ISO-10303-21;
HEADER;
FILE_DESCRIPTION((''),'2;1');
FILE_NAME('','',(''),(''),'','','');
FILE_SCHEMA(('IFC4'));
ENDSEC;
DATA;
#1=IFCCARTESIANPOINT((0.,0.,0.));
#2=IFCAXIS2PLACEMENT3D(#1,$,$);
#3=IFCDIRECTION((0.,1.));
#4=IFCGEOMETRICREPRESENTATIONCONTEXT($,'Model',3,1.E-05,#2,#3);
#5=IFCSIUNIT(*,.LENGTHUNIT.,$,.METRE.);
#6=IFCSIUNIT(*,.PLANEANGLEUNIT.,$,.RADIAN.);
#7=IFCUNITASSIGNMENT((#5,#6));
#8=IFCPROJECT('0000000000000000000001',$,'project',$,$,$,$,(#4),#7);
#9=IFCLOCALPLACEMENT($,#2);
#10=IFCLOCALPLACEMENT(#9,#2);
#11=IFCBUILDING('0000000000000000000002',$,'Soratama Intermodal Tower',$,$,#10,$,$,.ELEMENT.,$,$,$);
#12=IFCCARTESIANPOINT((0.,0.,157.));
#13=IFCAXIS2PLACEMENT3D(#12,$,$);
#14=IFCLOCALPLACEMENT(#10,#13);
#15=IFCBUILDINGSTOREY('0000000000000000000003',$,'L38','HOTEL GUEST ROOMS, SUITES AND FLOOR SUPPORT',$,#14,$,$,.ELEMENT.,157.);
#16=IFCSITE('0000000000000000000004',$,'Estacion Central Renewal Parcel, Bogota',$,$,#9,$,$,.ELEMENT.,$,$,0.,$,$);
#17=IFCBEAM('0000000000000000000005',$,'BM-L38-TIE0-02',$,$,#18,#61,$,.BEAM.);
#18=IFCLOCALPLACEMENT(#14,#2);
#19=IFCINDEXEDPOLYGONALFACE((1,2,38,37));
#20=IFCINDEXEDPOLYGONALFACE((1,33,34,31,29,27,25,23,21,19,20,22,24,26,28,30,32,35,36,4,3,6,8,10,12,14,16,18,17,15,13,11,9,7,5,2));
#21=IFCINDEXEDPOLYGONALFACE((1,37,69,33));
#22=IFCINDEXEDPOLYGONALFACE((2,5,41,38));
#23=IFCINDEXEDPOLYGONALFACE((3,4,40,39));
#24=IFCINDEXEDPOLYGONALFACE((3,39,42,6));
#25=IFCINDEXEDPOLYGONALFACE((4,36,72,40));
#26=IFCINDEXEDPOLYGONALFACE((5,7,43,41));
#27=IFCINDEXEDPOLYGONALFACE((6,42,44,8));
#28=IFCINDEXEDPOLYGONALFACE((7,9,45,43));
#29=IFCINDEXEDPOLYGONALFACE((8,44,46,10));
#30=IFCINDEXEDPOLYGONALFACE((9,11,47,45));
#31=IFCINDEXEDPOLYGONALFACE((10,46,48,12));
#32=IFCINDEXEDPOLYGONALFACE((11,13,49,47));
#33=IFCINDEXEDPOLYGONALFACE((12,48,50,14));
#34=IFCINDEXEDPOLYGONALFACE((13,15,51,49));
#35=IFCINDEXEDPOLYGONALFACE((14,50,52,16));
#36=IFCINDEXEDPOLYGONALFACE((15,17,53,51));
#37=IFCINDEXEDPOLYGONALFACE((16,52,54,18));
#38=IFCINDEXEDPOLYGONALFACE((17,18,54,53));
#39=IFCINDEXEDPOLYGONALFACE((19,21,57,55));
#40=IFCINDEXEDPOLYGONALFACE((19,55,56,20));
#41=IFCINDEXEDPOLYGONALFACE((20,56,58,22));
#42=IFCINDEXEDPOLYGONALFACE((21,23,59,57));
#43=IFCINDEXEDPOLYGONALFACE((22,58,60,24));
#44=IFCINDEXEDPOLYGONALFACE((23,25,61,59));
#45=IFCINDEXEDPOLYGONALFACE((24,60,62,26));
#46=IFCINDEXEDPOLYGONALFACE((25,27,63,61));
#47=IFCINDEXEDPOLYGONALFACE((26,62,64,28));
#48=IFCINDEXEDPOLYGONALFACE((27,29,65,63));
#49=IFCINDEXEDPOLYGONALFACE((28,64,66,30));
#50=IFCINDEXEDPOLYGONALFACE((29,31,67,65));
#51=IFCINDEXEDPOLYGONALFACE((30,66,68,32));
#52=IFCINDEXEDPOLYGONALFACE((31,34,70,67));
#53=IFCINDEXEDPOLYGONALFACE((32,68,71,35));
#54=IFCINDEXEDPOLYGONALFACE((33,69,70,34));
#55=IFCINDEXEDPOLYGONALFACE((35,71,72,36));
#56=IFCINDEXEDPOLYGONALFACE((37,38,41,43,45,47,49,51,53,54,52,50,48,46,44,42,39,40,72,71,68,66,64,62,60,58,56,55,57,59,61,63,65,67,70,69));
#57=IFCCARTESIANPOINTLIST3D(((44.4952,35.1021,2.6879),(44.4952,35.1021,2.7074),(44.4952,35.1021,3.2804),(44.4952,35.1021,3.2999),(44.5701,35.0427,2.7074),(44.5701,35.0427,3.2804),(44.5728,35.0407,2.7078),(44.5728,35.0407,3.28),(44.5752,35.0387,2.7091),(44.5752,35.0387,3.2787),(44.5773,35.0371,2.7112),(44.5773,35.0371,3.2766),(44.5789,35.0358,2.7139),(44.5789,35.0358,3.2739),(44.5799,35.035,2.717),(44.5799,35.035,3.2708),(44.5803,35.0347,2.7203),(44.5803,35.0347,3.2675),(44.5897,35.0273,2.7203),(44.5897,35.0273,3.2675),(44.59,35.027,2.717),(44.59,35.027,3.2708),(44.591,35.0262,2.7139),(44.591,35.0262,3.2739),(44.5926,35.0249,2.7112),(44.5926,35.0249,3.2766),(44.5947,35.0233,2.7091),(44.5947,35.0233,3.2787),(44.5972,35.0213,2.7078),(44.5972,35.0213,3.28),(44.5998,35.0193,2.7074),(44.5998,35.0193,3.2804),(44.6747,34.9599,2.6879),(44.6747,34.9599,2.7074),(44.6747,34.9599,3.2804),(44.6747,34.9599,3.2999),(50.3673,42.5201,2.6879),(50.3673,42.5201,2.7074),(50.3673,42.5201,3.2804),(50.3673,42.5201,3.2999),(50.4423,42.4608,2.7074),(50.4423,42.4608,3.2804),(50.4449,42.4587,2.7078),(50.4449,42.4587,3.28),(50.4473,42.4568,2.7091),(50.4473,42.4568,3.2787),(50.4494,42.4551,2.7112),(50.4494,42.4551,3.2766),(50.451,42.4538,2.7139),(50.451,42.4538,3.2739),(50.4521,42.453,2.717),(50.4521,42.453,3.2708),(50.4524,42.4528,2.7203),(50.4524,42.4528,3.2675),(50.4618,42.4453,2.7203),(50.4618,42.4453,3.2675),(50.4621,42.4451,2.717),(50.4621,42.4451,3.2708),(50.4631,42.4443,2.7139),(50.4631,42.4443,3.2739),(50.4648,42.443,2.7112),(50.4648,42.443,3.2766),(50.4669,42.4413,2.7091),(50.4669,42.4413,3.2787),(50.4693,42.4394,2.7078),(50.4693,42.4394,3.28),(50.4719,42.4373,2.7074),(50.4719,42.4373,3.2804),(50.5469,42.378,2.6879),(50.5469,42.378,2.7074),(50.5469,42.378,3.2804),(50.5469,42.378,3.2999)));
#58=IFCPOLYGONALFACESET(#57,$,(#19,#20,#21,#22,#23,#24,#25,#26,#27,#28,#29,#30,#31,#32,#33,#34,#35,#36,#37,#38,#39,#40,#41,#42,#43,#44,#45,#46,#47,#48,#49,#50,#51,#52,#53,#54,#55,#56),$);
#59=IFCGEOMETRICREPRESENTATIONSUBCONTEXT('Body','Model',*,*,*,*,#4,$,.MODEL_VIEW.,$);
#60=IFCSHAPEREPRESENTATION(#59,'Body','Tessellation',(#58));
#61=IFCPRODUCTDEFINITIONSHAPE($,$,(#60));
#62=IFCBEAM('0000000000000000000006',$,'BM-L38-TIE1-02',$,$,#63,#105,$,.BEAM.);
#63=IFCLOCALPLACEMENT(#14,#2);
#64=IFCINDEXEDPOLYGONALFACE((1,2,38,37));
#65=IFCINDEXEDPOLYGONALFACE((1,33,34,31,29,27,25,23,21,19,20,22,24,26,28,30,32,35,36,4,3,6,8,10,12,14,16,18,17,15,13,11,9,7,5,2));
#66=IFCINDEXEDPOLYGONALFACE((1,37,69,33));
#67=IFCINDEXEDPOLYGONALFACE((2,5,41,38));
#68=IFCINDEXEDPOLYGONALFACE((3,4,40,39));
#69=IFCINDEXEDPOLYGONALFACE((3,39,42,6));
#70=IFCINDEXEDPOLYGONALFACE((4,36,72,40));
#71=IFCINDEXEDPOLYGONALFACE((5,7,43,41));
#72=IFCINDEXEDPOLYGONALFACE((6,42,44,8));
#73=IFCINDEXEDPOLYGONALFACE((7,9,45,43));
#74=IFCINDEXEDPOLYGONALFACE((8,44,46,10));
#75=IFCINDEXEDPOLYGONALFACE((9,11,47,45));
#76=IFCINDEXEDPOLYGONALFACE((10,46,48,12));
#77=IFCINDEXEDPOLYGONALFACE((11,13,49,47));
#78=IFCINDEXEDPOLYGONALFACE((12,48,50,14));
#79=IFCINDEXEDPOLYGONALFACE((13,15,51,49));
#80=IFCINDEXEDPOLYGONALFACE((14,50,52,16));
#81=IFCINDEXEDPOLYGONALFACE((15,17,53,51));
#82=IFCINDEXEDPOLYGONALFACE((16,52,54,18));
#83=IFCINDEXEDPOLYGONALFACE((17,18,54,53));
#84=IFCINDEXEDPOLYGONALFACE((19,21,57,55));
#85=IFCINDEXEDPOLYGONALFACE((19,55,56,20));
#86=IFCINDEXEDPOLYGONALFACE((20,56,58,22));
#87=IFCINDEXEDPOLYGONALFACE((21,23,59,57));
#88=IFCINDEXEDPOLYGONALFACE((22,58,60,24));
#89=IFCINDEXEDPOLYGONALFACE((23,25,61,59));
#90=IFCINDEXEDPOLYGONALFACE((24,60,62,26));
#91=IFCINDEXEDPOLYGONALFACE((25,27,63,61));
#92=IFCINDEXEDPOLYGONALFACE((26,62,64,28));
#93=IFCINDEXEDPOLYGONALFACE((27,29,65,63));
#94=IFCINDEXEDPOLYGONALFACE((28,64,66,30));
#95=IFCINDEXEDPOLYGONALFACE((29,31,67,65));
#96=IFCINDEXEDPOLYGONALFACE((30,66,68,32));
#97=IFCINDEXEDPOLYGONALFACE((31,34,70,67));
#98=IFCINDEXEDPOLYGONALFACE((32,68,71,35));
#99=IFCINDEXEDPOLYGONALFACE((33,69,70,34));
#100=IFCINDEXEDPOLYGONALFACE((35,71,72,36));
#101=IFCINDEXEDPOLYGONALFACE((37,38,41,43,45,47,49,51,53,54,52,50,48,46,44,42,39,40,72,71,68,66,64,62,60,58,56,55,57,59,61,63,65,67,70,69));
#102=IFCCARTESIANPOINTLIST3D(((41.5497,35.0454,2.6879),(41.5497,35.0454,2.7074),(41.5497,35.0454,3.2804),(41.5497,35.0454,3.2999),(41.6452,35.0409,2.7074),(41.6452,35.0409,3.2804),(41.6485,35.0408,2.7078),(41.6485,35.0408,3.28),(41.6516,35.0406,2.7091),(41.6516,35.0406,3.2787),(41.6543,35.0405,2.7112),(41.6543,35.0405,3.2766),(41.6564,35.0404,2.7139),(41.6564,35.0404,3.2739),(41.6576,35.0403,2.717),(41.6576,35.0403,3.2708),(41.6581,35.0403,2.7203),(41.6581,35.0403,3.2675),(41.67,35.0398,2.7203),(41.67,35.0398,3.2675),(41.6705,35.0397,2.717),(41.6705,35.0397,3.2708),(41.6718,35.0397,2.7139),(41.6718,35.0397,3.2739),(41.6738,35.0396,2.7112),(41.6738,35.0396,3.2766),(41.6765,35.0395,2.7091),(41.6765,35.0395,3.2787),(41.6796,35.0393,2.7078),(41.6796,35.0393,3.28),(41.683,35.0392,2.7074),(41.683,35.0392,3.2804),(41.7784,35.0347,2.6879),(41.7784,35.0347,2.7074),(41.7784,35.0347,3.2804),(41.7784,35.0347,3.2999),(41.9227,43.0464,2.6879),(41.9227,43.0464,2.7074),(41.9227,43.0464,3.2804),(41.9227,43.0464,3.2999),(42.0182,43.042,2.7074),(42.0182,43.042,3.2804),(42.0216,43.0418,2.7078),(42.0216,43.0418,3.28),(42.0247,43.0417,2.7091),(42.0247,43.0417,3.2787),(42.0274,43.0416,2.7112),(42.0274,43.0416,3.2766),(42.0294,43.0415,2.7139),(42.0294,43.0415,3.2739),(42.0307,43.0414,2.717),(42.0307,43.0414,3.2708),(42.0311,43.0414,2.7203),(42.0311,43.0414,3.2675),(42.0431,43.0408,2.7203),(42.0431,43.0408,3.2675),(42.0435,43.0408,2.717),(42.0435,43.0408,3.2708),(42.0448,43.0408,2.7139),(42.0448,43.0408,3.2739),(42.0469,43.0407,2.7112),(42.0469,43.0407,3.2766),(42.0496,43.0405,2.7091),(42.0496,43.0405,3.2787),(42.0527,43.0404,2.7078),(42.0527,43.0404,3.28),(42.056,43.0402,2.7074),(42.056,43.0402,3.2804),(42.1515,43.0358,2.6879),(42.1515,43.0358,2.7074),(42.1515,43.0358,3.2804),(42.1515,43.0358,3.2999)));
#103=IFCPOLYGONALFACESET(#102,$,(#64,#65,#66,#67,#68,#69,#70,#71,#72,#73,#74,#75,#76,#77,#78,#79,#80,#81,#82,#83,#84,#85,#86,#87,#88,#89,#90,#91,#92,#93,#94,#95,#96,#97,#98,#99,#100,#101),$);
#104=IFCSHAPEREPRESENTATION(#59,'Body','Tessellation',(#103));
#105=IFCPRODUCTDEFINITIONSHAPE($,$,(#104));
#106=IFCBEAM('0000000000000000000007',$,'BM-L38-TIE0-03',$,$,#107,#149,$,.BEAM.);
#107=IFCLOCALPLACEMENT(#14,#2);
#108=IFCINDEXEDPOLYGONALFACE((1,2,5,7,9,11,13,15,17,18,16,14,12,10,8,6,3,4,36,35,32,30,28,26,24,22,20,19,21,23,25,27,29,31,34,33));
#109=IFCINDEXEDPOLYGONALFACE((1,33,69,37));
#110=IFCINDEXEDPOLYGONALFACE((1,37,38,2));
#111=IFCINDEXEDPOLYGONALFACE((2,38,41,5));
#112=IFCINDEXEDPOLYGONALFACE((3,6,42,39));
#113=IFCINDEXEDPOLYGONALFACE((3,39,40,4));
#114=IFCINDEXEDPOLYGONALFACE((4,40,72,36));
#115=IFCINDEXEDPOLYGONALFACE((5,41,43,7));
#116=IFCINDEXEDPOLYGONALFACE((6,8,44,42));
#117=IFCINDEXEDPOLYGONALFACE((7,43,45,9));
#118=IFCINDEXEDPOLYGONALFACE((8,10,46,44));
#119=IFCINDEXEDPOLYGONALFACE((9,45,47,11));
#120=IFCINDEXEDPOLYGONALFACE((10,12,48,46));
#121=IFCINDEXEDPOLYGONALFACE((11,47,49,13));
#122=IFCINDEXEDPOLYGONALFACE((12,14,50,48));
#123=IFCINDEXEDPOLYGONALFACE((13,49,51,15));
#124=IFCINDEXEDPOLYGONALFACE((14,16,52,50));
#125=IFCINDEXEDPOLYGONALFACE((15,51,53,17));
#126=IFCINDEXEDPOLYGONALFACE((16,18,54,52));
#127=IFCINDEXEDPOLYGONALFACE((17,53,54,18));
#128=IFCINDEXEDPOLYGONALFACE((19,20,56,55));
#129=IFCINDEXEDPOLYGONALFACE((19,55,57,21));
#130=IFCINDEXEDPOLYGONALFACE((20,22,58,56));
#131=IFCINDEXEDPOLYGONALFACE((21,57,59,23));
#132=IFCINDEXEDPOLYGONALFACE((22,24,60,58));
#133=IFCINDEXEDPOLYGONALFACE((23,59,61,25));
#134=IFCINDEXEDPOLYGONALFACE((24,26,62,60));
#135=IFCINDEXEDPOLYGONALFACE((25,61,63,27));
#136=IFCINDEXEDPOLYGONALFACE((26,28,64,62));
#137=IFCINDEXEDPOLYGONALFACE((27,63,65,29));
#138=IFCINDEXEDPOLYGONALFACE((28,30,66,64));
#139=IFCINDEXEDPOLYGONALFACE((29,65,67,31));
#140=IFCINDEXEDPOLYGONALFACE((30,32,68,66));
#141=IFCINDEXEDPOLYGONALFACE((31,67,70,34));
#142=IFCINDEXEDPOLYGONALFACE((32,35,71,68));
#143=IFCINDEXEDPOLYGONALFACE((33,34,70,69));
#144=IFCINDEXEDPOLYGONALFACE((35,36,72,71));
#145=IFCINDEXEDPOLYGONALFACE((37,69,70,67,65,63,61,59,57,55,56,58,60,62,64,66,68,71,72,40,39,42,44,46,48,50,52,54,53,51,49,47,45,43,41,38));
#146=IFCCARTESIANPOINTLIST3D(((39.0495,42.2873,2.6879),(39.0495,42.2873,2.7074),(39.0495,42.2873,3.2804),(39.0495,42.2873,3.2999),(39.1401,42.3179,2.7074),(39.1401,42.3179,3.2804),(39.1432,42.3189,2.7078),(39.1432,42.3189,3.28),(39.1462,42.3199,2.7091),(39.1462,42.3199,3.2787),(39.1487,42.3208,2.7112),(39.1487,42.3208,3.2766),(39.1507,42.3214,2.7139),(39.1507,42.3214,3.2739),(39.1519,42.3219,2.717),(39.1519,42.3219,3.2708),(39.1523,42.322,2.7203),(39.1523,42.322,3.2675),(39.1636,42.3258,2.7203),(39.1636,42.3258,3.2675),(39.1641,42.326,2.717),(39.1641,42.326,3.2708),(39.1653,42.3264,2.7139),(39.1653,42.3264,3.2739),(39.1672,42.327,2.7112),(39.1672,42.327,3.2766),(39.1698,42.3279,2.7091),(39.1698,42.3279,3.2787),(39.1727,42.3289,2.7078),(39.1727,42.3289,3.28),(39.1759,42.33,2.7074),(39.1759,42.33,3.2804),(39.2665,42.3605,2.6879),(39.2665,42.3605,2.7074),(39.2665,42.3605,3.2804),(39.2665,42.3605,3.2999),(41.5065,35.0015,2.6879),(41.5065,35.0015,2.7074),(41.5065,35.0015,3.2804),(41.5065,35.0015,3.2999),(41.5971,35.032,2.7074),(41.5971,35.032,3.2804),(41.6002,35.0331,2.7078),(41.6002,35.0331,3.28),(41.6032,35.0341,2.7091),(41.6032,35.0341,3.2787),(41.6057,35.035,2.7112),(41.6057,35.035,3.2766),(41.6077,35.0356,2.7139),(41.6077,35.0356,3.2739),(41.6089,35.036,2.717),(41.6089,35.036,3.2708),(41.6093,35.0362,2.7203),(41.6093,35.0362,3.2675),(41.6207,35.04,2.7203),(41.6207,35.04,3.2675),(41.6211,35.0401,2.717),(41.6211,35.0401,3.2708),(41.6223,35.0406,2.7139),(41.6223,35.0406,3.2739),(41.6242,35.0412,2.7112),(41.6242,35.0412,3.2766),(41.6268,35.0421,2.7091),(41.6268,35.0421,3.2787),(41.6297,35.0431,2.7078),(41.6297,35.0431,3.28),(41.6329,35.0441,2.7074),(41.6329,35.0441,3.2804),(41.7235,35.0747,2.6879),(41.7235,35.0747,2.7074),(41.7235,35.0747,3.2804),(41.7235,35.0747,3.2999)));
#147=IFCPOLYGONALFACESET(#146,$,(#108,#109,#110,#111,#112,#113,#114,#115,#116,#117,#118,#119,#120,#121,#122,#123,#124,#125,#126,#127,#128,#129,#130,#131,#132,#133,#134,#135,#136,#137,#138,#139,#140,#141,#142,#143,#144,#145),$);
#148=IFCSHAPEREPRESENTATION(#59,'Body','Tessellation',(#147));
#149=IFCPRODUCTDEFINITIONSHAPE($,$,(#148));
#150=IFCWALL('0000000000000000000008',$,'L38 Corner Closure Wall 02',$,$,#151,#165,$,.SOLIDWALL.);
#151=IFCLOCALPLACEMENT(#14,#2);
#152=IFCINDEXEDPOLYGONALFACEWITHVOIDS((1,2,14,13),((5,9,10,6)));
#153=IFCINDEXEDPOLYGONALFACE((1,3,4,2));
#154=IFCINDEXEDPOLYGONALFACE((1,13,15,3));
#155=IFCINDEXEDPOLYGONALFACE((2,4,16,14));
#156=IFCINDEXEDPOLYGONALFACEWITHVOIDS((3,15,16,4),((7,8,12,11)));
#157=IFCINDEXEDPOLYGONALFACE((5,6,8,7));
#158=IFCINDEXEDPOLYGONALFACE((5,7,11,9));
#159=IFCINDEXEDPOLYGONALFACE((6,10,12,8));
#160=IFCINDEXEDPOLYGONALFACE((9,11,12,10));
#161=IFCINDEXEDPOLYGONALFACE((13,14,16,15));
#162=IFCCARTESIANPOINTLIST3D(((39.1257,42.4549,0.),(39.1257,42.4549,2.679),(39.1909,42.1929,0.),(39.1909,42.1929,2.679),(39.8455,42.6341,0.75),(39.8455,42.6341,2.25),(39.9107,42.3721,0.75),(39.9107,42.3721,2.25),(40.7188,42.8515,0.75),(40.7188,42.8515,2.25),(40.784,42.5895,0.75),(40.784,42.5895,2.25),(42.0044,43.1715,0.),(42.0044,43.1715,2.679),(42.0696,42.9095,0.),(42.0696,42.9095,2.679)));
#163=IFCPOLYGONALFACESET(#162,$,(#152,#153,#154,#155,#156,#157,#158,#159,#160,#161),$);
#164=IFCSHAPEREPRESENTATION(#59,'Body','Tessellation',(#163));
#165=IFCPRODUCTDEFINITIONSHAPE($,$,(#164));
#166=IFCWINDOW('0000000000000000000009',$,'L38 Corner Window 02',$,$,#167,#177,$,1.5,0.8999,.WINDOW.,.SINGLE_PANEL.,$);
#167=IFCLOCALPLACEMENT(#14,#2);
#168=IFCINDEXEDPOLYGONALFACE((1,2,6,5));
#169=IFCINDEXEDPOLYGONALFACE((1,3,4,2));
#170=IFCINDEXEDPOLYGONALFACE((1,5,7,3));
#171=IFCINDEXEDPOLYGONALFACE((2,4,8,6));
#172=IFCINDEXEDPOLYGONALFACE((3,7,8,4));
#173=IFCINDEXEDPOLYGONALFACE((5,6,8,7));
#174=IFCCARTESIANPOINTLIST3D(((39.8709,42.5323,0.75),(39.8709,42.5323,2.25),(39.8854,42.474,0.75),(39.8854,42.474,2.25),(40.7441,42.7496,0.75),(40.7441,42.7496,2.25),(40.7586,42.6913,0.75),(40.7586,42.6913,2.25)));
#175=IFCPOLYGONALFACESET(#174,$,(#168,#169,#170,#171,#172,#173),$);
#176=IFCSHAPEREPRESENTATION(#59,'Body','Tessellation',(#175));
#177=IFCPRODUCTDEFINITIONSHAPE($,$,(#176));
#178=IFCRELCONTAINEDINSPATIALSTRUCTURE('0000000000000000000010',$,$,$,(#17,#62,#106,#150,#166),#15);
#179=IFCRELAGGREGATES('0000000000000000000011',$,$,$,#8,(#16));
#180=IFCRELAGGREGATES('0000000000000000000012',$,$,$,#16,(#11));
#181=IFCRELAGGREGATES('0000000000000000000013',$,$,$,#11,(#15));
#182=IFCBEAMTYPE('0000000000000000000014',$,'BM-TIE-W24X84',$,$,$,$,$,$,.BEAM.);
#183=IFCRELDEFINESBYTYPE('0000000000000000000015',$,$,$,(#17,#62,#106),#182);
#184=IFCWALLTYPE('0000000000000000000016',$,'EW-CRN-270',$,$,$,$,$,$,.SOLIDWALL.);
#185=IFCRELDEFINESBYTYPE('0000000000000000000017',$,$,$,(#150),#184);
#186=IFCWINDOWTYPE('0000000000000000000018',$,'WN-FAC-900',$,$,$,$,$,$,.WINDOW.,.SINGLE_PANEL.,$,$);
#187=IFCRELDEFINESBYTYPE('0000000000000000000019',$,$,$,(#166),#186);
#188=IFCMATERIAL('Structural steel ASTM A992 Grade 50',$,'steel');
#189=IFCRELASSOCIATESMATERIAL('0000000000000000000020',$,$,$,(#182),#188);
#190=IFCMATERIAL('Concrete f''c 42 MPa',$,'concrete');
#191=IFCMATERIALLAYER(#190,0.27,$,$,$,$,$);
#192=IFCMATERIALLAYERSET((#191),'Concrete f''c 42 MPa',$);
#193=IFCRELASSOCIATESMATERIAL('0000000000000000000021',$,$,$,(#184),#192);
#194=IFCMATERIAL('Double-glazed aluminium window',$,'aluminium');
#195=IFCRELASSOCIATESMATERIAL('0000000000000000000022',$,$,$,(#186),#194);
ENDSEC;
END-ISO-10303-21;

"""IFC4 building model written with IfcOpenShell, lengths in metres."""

from ifc_helpers import new_model, si_unit, direction, frame, frame_2d, origin, origin_2d, place, context, subcontext, project, spatial, rectangle, i_section, extrude, material, layer, layer_set, material_profile, profile_set, type_object, element, fill, save


model = new_model("IFC4")

# Units and contexts
model_context = context("Model", 3, precision=1e-05, world=origin(), true_north=direction((0.0, 1.0)))
body_context = subcontext(model_context, "Body", "Model", "MODEL_VIEW")
ifc_project = project(units=[si_unit("LENGTHUNIT", "METRE"), si_unit("PLANEANGLEUNIT", "RADIAN")], contexts=[model_context])

# Site, building, storey
site_placement = place(None, origin())
site = spatial("IfcSite", under=ifc_project, at=site_placement, Name="Estacion Central Renewal Parcel, Bogota", CompositionType="ELEMENT", RefElevation=0.0)
building_placement = place(site_placement, origin())
building = spatial("IfcBuilding", under=site, at=building_placement, Name="Soratama Intermodal Tower", CompositionType="ELEMENT")
storey_placement = place(building_placement, frame((0.0, 0.0, 157.0)))
storey = spatial("IfcBuildingStorey", under=building, at=storey_placement, Name="L38", Description="HOTEL GUEST ROOMS, SUITES AND FLOOR SUPPORT", CompositionType="ELEMENT", Elevation=157.0)

# Beams
ifc_material_1 = material(Name="Structural steel ASTM A992 Grade 50", Category="steel")
ifc_material_profile_1 = material_profile(ifc_material_1, i_section(OverallWidth=0.229, OverallDepth=0.6121, WebThickness=0.012, FlangeThickness=0.0195, FilletRadius=0.0129, at=origin_2d()), Name="W24X84")
ifc_profile_set_1 = profile_set([ifc_material_profile_1], Name="Structural steel ASTM A992 Grade 50")
beam_type_1 = type_object("IfcBeamType", Name="BM-TIE-W24X84", PredefinedType="BEAM", material=ifc_profile_set_1)
beam_1_placement = place(storey_placement, frame((44.585, 35.031, 2.9939), z_axis=(0.620671, 0.784071, 0.0), x_axis=(-0.784071, 0.620671, 0.0)))
element("IfcBeam", 1, at=beam_1_placement, inside=storey, type_object=beam_type_1, Name="BM-L38-TIE0-02", PredefinedType="BEAM", context=body_context, shape_type="SweptSolid", body=[
    extrude(i_section(OverallWidth=0.229, OverallDepth=0.6121, WebThickness=0.012, FlangeThickness=0.0195, FilletRadius=0.0129, at=origin_2d()), origin(), (0.0, 0.0, 1.0), 9.4609),
])
beam_2_placement = place(storey_placement, frame((41.6641, 35.04, 2.9939), z_axis=(0.046575, 0.998915, 0.0), x_axis=(-0.998915, 0.046575, 0.0)))
element("IfcBeam", 2, at=beam_2_placement, inside=storey, type_object=beam_type_1, Name="BM-L38-TIE1-02", PredefinedType="BEAM", context=body_context, shape_type="SweptSolid", body=[
    extrude(i_section(OverallWidth=0.229, OverallDepth=0.6121, WebThickness=0.012, FlangeThickness=0.0195, FilletRadius=0.0129, at=origin_2d()), origin(), (0.0, 0.0, 1.0), 8.0098),
])
beam_3_placement = place(storey_placement, frame((41.615, 35.0381, 2.9939), z_axis=(-0.31955, 0.947569, 0.0), x_axis=(-0.947569, -0.31955, 0.0)))
element("IfcBeam", 3, at=beam_3_placement, inside=storey, type_object=beam_type_1, Name="BM-L38-TIE0-03", PredefinedType="BEAM", context=body_context, shape_type="SweptSolid", body=[
    extrude(i_section(OverallWidth=0.229, OverallDepth=0.6121, WebThickness=0.012, FlangeThickness=0.0195, FilletRadius=0.0129, at=origin_2d()), origin(), (0.0, 0.0, 1.0), 7.689),
])

# Wall, opening, window
ifc_material_2 = material(Name="Concrete f'c 42 MPa", Category="concrete")
ifc_layer_1 = layer(ifc_material_2, 0.27)
ifc_layer_set_1 = layer_set([ifc_layer_1], Name="Concrete f'c 42 MPa")
wall_type_1 = type_object("IfcWallType", Name="EW-CRN-270", PredefinedType="SOLIDWALL", material=ifc_layer_set_1)
wall_1_placement = place(storey_placement, frame((42.0371, 43.0405, 0.0), z_axis=(0.0, 0.0, 1.0), x_axis=(-0.970389, -0.241548, 0.0)))
wall_1 = element("IfcWall", 4, at=wall_1_placement, inside=storey, type_object=wall_type_1, Name="L38 Corner Closure Wall 02", PredefinedType="SOLIDWALL", context=body_context, shape_type="SweptSolid", body=[
    extrude(rectangle(XDim=2.9666, YDim=0.27, at=frame_2d((1.4834, 0.0))), origin(), (0.0, 0.0, 1.0), 2.679),
])
opening_1_placement = place(wall_1_placement, frame((1.325, 0.0, 0.75)))
opening_1 = element("IfcOpeningElement", 5, at=opening_1_placement, cuts=wall_1, PredefinedType="OPENING", context=body_context, shape_type="SweptSolid", body=[
    extrude(rectangle(XDim=0.8999, YDim=1.5, at=frame_2d((0.45, 0.75))), frame((0.0, 0.145, 0.0), z_axis=(0.0, -1.0, 0.0), x_axis=(1.0, 0.0, 0.0)), (0.0, 0.0, 1.0), 0.29),
])
ifc_material_3 = material(Name="Double-glazed aluminium window", Category="aluminium")
window_type_1 = type_object("IfcWindowType", Name="WN-FAC-900", PartitioningType="SINGLE_PANEL", PredefinedType="WINDOW", material=ifc_material_3)
window_1_placement = place(opening_1_placement, origin())
window_1 = element("IfcWindow", 6, at=window_1_placement, inside=storey, type_object=window_type_1, Name="L38 Corner Window 02", OverallHeight=1.5, OverallWidth=0.8999, PartitioningType="SINGLE_PANEL", PredefinedType="WINDOW", context=body_context, shape_type="SweptSolid", body=[
    extrude(rectangle(XDim=0.8999, YDim=1.5, at=frame_2d((0.45, 0.75))), frame((0.0, 0.03, 0.0), z_axis=(0.0, -1.0, 0.0), x_axis=(1.0, 0.0, 0.0)), (0.0, 0.0, 1.0), 0.0601),
])
fill(opening_1, window_1)

save(model, "model.ifc")
